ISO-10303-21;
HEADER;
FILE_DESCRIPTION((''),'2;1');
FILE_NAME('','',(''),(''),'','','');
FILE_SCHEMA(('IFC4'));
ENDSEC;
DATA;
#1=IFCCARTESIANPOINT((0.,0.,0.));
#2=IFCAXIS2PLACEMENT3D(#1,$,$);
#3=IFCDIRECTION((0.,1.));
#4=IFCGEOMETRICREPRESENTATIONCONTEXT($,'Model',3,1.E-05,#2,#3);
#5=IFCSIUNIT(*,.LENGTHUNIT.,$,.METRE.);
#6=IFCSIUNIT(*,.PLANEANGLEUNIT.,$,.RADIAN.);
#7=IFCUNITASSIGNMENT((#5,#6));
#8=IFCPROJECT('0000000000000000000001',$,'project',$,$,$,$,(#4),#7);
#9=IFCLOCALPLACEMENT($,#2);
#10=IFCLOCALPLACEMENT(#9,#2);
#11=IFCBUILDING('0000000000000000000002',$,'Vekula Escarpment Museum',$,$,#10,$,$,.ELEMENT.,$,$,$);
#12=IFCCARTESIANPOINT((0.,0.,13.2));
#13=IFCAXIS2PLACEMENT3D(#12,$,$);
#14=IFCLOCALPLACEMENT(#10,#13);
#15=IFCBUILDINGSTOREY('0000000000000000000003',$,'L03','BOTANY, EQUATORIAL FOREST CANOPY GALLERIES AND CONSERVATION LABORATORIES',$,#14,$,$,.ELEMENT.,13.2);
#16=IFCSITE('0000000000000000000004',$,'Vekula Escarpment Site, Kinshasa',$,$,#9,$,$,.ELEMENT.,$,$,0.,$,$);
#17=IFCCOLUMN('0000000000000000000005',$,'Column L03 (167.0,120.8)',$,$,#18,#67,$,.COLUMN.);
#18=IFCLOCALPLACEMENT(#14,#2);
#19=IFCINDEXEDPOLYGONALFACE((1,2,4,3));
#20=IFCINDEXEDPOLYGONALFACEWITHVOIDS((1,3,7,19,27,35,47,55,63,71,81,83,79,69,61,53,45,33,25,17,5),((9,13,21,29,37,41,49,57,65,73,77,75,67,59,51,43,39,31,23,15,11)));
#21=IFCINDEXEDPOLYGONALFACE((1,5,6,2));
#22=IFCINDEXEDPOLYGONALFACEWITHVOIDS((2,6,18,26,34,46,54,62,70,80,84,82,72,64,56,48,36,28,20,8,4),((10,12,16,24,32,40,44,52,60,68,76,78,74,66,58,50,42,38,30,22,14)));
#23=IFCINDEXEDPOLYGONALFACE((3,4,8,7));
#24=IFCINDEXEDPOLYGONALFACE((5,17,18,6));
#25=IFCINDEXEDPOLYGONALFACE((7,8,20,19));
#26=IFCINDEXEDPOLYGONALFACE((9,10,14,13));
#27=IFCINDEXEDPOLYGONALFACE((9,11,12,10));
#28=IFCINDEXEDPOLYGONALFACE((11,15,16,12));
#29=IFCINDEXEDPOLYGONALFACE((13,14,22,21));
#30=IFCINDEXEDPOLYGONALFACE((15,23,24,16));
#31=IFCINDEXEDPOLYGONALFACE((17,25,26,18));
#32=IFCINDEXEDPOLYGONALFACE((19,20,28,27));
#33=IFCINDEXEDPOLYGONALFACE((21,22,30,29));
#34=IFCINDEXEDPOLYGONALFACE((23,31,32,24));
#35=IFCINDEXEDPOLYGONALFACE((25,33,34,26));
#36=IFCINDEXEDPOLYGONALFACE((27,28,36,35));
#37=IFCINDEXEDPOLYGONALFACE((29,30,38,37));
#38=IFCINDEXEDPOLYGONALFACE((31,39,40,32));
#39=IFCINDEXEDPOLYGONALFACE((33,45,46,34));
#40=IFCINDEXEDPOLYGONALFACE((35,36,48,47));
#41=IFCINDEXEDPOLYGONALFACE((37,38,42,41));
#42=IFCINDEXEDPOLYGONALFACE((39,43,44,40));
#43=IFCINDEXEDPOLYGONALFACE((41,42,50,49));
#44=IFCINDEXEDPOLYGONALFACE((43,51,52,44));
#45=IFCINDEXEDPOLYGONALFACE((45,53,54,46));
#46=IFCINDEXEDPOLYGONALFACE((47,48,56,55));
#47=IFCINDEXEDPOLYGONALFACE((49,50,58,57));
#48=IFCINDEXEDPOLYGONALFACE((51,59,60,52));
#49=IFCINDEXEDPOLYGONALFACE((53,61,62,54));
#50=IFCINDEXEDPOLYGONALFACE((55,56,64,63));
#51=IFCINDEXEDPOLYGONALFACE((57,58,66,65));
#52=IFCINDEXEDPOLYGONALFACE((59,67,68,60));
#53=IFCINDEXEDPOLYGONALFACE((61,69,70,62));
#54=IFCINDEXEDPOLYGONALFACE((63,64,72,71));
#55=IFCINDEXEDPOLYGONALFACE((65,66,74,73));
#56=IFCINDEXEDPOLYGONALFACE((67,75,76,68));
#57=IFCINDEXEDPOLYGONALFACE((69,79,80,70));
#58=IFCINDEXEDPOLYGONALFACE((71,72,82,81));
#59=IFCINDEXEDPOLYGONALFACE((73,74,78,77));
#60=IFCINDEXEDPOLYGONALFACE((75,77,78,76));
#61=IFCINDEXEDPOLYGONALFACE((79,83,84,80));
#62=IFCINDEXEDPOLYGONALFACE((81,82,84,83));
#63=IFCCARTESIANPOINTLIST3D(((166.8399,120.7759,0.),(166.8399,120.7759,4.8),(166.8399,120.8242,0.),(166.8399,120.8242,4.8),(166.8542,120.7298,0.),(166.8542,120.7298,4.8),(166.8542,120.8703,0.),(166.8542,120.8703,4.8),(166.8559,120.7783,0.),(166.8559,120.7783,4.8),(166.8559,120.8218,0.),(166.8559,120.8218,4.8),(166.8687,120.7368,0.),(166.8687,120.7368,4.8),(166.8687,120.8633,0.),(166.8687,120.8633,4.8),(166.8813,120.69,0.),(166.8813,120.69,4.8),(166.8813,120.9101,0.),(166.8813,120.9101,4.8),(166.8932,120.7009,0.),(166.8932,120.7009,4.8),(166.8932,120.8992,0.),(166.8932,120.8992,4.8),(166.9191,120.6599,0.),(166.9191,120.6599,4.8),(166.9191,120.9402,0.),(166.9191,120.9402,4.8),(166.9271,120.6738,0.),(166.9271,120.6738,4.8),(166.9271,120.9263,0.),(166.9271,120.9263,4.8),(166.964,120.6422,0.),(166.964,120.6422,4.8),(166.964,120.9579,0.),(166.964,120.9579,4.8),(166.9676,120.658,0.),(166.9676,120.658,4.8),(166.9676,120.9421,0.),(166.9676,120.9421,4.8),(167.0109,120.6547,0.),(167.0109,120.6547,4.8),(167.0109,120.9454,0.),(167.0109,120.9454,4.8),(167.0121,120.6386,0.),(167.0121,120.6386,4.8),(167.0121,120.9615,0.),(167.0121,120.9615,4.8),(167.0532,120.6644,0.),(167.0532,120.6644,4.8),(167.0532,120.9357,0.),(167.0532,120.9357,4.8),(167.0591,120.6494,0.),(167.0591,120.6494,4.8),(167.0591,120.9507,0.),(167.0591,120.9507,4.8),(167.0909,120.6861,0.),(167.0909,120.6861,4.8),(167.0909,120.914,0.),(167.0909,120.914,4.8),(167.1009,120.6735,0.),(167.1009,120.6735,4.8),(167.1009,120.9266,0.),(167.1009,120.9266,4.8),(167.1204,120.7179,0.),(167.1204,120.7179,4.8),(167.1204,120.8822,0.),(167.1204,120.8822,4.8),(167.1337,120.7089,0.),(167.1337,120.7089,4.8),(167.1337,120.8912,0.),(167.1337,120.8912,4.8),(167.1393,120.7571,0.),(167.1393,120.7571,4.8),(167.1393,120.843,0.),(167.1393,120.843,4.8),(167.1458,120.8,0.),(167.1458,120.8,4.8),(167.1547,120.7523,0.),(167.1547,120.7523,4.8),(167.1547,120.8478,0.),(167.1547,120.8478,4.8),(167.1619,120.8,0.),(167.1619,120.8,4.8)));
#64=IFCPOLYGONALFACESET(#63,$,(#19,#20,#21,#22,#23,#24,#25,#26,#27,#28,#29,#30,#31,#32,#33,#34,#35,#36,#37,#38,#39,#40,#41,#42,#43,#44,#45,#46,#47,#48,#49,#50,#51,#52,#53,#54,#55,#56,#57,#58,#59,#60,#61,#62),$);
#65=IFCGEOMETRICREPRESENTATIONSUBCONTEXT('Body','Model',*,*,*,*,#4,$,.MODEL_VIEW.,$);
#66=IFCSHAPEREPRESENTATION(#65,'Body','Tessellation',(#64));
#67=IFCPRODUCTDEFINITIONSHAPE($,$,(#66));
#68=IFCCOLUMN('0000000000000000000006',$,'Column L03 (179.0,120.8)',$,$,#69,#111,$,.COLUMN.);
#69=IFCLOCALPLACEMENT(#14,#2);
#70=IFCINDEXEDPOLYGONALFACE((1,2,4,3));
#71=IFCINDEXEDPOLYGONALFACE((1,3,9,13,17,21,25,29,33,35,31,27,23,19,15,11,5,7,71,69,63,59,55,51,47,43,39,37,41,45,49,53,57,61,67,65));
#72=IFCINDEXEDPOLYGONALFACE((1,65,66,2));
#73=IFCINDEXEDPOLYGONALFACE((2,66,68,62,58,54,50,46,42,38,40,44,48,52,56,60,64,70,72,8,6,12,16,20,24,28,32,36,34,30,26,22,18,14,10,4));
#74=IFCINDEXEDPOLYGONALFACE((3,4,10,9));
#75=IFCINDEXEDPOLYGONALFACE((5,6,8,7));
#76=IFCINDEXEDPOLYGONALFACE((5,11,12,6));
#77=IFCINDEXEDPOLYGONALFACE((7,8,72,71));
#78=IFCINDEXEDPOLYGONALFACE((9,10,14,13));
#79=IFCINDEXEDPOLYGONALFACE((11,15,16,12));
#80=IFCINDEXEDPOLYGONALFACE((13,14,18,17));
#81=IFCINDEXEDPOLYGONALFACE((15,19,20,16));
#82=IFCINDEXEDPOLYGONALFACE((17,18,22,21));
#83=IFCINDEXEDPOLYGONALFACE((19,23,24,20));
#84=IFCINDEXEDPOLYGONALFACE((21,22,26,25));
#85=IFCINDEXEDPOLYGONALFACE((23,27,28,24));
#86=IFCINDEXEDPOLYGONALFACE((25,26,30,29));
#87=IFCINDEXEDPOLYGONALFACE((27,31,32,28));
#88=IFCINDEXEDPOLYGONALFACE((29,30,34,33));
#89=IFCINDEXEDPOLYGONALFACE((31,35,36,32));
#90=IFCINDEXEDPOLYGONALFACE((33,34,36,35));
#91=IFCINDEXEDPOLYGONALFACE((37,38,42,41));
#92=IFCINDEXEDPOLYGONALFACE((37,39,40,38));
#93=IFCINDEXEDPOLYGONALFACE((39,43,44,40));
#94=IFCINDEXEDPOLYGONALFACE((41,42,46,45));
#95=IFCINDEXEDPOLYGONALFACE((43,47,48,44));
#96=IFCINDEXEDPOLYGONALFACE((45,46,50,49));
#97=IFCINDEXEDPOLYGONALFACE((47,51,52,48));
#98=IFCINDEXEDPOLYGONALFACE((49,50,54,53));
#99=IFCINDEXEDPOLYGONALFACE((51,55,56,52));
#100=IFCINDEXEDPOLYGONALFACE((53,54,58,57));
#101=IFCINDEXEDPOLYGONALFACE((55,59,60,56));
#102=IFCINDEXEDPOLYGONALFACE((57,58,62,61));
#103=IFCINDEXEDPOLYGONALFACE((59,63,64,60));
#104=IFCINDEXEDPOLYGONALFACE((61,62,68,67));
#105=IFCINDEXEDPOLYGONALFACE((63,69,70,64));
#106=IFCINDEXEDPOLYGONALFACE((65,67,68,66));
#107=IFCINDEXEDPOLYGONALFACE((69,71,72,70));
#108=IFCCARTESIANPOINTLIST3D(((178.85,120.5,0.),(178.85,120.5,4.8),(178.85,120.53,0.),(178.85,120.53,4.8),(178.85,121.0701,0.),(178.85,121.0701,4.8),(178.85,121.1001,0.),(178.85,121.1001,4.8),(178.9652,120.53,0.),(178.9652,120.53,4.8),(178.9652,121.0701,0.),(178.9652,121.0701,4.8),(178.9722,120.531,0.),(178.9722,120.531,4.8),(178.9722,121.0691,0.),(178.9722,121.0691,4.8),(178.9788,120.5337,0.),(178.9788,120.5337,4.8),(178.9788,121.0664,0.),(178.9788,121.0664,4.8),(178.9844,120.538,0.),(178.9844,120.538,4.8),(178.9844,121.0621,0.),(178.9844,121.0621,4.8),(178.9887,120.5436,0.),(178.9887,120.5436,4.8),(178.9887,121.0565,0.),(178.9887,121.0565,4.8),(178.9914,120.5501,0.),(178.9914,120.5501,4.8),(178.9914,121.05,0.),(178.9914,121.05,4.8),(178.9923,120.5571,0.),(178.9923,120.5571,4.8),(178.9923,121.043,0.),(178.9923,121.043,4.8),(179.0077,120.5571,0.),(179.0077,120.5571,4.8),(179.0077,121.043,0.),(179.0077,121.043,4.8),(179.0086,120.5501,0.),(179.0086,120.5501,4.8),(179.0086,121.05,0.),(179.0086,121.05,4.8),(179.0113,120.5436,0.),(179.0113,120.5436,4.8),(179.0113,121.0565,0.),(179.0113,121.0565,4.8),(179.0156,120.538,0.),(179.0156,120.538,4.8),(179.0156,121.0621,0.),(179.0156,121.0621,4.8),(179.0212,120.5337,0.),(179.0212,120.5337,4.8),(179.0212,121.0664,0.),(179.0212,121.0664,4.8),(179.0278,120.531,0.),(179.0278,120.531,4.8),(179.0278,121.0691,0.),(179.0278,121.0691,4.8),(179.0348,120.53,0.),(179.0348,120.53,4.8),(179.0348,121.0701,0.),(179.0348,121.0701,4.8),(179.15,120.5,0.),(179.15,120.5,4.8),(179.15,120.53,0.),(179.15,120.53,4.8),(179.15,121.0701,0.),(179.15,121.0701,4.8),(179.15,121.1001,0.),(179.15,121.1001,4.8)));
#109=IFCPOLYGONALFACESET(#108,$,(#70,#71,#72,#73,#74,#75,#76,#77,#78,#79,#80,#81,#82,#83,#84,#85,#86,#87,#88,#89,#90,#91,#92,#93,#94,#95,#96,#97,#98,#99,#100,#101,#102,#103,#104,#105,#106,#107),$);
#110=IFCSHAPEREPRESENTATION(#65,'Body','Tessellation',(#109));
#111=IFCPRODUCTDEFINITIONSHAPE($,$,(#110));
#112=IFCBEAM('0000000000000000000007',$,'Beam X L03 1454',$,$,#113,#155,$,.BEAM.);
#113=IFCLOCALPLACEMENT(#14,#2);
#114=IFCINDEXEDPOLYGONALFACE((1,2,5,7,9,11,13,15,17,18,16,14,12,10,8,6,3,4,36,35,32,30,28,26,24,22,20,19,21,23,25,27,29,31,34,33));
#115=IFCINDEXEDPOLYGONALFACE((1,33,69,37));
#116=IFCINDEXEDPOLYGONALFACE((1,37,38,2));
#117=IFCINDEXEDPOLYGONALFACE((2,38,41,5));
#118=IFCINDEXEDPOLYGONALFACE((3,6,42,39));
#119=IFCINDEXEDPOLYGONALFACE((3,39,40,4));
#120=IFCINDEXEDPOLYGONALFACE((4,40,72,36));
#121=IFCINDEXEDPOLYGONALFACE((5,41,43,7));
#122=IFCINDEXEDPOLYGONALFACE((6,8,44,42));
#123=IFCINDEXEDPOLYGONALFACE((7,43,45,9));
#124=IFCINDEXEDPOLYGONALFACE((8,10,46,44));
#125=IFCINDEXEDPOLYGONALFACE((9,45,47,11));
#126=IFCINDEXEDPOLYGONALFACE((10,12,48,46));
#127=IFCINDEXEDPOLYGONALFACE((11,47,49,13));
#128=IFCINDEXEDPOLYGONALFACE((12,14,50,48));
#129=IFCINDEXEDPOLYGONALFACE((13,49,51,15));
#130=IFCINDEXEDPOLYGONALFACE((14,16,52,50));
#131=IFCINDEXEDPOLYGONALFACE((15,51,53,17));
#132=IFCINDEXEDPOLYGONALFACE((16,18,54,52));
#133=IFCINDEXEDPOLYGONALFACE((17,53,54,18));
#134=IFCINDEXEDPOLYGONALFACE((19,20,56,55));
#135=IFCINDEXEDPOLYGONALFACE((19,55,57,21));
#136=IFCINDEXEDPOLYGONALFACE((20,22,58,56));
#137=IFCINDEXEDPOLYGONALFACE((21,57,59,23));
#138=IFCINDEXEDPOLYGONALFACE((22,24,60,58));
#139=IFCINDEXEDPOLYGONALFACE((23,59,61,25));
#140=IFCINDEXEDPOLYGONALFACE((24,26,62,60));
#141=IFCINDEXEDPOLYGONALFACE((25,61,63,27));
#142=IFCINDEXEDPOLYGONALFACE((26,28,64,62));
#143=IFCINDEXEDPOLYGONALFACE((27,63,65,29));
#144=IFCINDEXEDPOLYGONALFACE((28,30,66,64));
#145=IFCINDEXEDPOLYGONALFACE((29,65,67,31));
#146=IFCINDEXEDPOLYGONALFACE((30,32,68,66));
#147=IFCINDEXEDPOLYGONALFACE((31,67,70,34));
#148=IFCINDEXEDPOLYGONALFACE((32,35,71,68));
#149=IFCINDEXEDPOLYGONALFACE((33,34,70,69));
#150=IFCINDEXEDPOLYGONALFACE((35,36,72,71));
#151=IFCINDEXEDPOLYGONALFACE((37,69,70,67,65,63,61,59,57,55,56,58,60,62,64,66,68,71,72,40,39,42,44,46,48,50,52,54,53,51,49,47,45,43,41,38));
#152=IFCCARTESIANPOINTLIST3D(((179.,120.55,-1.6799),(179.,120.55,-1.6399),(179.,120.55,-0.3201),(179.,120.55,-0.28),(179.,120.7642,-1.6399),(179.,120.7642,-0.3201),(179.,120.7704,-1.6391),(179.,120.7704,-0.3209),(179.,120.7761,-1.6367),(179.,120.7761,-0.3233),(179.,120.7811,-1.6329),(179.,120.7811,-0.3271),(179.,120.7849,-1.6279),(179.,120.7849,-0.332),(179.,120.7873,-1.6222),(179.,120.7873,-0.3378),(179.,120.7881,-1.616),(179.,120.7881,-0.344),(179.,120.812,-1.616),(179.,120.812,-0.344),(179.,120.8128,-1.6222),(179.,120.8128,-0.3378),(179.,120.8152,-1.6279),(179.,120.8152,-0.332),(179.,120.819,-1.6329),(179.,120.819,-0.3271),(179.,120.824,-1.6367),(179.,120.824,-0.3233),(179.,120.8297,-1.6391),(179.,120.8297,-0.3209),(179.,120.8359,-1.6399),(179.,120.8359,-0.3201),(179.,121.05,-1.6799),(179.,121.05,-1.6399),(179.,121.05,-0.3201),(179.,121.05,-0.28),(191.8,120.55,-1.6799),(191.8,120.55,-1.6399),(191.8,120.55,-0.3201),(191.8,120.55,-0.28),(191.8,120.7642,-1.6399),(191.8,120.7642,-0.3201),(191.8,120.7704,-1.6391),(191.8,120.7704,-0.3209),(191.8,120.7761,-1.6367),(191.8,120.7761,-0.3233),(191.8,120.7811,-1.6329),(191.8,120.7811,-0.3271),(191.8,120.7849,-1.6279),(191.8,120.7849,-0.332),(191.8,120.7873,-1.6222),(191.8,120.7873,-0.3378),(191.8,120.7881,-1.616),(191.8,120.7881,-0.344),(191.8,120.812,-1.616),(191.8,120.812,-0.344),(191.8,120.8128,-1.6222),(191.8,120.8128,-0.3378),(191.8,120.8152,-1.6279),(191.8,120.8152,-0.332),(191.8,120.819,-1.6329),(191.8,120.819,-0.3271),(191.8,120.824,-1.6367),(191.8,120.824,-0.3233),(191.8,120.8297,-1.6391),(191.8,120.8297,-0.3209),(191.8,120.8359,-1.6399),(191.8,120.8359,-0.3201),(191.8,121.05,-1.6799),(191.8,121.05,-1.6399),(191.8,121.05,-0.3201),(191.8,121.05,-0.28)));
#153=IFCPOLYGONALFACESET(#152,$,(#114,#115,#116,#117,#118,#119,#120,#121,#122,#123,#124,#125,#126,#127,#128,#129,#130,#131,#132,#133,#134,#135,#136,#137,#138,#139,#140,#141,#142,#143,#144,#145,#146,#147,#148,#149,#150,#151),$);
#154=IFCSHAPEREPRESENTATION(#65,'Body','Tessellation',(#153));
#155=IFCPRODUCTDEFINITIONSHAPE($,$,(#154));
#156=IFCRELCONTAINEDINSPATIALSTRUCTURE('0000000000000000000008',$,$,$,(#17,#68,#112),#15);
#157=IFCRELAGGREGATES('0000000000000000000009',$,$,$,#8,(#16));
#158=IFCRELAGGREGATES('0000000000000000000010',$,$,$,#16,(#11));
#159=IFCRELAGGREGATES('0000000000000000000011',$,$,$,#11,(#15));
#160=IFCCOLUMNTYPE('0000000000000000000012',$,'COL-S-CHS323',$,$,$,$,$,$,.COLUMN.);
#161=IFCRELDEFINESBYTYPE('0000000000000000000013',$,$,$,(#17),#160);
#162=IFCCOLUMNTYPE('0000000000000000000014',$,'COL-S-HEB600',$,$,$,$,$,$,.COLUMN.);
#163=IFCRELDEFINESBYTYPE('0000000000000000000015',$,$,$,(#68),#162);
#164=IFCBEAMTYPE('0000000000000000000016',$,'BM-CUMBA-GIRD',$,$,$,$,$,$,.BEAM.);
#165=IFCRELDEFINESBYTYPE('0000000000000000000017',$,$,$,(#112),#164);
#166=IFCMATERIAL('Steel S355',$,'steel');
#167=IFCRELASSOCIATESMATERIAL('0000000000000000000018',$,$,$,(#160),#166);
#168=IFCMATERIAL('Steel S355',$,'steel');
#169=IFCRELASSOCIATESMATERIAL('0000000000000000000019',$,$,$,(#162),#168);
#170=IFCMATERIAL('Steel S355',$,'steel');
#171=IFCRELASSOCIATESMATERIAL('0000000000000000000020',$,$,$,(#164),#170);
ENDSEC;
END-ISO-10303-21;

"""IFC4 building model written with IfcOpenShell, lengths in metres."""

from ifc_helpers import new_model, si_unit, direction, frame, origin, origin_2d, place, context, subcontext, project, spatial, hollow_circle, i_section, extrude, material, material_profile, profile_set, type_object, element, save


model = new_model("IFC4")

# Units and contexts
model_context = context("Model", 3, precision=1e-05, world=origin(), true_north=direction((0.0, 1.0)))
body_context = subcontext(model_context, "Body", "Model", "MODEL_VIEW")
ifc_project = project(units=[si_unit("LENGTHUNIT", "METRE"), si_unit("PLANEANGLEUNIT", "RADIAN")], contexts=[model_context])

# Site, building, storey
site_placement = place(None, origin())
site = spatial("IfcSite", under=ifc_project, at=site_placement, Name="Vekula Escarpment Site, Kinshasa", CompositionType="ELEMENT", RefElevation=0.0)
building_placement = place(site_placement, origin())
building = spatial("IfcBuilding", under=site, at=building_placement, Name="Vekula Escarpment Museum", CompositionType="ELEMENT")
storey_placement = place(building_placement, frame((0.0, 0.0, 13.2)))
storey = spatial("IfcBuildingStorey", under=building, at=storey_placement, Name="L03", Description="BOTANY, EQUATORIAL FOREST CANOPY GALLERIES AND CONSERVATION LABORATORIES", CompositionType="ELEMENT", Elevation=13.2)

# Columns
ifc_material_1 = material(Name="Steel S355", Category="steel")
ifc_material_profile_1 = material_profile(ifc_material_1, hollow_circle(Radius=0.1619, WallThickness=0.0161, at=origin_2d()), Name="CHS 323.9x16")
ifc_profile_set_1 = profile_set([ifc_material_profile_1], Name="Steel S355")
column_type_1 = type_object("IfcColumnType", Name="COL-S-CHS323", PredefinedType="COLUMN", material=ifc_profile_set_1)
column_1_placement = place(storey_placement, frame((167.0, 120.8, 0.0), z_axis=(0.0, 0.0, 1.0), x_axis=(1.0, 0.0, 0.0)))
element("IfcColumn", 1, at=column_1_placement, inside=storey, type_object=column_type_1, Name="Column L03 (167.0,120.8)", PredefinedType="COLUMN", context=body_context, shape_type="SweptSolid", body=[
    extrude(hollow_circle(Radius=0.1619, WallThickness=0.0161, at=origin_2d()), origin(), (0.0, 0.0, 1.0), 4.8),
])
ifc_material_2 = material(Name="Steel S355", Category="steel")
ifc_material_profile_2 = material_profile(ifc_material_2, i_section(OverallWidth=0.3, OverallDepth=0.6001, WebThickness=0.0154, FlangeThickness=0.03, FilletRadius=0.0271, at=origin_2d()), Name="HEB 600")
ifc_profile_set_2 = profile_set([ifc_material_profile_2], Name="Steel S355")
column_type_2 = type_object("IfcColumnType", Name="COL-S-HEB600", PredefinedType="COLUMN", material=ifc_profile_set_2)
column_2_placement = place(storey_placement, frame((179.0, 120.8, 0.0), z_axis=(0.0, 0.0, 1.0), x_axis=(1.0, 0.0, 0.0)))
element("IfcColumn", 2, at=column_2_placement, inside=storey, type_object=column_type_2, Name="Column L03 (179.0,120.8)", PredefinedType="COLUMN", context=body_context, shape_type="SweptSolid", body=[
    extrude(i_section(OverallWidth=0.3, OverallDepth=0.6001, WebThickness=0.0154, FlangeThickness=0.03, FilletRadius=0.0271, at=origin_2d()), origin(), (0.0, 0.0, 1.0), 4.8),
])

# Beam
ifc_material_3 = material(Name="Steel S355", Category="steel")
ifc_material_profile_3 = material_profile(ifc_material_3, i_section(OverallWidth=0.5, OverallDepth=1.3999, WebThickness=0.0239, FlangeThickness=0.04, FilletRadius=0.0239, at=origin_2d()), Name="WPG 1400x500")
ifc_profile_set_3 = profile_set([ifc_material_profile_3], Name="Steel S355")
beam_type_1 = type_object("IfcBeamType", Name="BM-CUMBA-GIRD", PredefinedType="BEAM", material=ifc_profile_set_3)
beam_1_placement = place(storey_placement, frame((179.0, 120.8, -0.98), z_axis=(1.0, 0.0, 0.0), x_axis=(0.0, 1.0, 0.0)))
element("IfcBeam", 3, at=beam_1_placement, inside=storey, type_object=beam_type_1, Name="Beam X L03 1454", PredefinedType="BEAM", context=body_context, shape_type="SweptSolid", body=[
    extrude(i_section(OverallWidth=0.5, OverallDepth=1.3999, WebThickness=0.0239, FlangeThickness=0.04, FilletRadius=0.0239, at=origin_2d()), origin(), (0.0, 0.0, 1.0), 12.8),
])

save(model, "model.ifc")
